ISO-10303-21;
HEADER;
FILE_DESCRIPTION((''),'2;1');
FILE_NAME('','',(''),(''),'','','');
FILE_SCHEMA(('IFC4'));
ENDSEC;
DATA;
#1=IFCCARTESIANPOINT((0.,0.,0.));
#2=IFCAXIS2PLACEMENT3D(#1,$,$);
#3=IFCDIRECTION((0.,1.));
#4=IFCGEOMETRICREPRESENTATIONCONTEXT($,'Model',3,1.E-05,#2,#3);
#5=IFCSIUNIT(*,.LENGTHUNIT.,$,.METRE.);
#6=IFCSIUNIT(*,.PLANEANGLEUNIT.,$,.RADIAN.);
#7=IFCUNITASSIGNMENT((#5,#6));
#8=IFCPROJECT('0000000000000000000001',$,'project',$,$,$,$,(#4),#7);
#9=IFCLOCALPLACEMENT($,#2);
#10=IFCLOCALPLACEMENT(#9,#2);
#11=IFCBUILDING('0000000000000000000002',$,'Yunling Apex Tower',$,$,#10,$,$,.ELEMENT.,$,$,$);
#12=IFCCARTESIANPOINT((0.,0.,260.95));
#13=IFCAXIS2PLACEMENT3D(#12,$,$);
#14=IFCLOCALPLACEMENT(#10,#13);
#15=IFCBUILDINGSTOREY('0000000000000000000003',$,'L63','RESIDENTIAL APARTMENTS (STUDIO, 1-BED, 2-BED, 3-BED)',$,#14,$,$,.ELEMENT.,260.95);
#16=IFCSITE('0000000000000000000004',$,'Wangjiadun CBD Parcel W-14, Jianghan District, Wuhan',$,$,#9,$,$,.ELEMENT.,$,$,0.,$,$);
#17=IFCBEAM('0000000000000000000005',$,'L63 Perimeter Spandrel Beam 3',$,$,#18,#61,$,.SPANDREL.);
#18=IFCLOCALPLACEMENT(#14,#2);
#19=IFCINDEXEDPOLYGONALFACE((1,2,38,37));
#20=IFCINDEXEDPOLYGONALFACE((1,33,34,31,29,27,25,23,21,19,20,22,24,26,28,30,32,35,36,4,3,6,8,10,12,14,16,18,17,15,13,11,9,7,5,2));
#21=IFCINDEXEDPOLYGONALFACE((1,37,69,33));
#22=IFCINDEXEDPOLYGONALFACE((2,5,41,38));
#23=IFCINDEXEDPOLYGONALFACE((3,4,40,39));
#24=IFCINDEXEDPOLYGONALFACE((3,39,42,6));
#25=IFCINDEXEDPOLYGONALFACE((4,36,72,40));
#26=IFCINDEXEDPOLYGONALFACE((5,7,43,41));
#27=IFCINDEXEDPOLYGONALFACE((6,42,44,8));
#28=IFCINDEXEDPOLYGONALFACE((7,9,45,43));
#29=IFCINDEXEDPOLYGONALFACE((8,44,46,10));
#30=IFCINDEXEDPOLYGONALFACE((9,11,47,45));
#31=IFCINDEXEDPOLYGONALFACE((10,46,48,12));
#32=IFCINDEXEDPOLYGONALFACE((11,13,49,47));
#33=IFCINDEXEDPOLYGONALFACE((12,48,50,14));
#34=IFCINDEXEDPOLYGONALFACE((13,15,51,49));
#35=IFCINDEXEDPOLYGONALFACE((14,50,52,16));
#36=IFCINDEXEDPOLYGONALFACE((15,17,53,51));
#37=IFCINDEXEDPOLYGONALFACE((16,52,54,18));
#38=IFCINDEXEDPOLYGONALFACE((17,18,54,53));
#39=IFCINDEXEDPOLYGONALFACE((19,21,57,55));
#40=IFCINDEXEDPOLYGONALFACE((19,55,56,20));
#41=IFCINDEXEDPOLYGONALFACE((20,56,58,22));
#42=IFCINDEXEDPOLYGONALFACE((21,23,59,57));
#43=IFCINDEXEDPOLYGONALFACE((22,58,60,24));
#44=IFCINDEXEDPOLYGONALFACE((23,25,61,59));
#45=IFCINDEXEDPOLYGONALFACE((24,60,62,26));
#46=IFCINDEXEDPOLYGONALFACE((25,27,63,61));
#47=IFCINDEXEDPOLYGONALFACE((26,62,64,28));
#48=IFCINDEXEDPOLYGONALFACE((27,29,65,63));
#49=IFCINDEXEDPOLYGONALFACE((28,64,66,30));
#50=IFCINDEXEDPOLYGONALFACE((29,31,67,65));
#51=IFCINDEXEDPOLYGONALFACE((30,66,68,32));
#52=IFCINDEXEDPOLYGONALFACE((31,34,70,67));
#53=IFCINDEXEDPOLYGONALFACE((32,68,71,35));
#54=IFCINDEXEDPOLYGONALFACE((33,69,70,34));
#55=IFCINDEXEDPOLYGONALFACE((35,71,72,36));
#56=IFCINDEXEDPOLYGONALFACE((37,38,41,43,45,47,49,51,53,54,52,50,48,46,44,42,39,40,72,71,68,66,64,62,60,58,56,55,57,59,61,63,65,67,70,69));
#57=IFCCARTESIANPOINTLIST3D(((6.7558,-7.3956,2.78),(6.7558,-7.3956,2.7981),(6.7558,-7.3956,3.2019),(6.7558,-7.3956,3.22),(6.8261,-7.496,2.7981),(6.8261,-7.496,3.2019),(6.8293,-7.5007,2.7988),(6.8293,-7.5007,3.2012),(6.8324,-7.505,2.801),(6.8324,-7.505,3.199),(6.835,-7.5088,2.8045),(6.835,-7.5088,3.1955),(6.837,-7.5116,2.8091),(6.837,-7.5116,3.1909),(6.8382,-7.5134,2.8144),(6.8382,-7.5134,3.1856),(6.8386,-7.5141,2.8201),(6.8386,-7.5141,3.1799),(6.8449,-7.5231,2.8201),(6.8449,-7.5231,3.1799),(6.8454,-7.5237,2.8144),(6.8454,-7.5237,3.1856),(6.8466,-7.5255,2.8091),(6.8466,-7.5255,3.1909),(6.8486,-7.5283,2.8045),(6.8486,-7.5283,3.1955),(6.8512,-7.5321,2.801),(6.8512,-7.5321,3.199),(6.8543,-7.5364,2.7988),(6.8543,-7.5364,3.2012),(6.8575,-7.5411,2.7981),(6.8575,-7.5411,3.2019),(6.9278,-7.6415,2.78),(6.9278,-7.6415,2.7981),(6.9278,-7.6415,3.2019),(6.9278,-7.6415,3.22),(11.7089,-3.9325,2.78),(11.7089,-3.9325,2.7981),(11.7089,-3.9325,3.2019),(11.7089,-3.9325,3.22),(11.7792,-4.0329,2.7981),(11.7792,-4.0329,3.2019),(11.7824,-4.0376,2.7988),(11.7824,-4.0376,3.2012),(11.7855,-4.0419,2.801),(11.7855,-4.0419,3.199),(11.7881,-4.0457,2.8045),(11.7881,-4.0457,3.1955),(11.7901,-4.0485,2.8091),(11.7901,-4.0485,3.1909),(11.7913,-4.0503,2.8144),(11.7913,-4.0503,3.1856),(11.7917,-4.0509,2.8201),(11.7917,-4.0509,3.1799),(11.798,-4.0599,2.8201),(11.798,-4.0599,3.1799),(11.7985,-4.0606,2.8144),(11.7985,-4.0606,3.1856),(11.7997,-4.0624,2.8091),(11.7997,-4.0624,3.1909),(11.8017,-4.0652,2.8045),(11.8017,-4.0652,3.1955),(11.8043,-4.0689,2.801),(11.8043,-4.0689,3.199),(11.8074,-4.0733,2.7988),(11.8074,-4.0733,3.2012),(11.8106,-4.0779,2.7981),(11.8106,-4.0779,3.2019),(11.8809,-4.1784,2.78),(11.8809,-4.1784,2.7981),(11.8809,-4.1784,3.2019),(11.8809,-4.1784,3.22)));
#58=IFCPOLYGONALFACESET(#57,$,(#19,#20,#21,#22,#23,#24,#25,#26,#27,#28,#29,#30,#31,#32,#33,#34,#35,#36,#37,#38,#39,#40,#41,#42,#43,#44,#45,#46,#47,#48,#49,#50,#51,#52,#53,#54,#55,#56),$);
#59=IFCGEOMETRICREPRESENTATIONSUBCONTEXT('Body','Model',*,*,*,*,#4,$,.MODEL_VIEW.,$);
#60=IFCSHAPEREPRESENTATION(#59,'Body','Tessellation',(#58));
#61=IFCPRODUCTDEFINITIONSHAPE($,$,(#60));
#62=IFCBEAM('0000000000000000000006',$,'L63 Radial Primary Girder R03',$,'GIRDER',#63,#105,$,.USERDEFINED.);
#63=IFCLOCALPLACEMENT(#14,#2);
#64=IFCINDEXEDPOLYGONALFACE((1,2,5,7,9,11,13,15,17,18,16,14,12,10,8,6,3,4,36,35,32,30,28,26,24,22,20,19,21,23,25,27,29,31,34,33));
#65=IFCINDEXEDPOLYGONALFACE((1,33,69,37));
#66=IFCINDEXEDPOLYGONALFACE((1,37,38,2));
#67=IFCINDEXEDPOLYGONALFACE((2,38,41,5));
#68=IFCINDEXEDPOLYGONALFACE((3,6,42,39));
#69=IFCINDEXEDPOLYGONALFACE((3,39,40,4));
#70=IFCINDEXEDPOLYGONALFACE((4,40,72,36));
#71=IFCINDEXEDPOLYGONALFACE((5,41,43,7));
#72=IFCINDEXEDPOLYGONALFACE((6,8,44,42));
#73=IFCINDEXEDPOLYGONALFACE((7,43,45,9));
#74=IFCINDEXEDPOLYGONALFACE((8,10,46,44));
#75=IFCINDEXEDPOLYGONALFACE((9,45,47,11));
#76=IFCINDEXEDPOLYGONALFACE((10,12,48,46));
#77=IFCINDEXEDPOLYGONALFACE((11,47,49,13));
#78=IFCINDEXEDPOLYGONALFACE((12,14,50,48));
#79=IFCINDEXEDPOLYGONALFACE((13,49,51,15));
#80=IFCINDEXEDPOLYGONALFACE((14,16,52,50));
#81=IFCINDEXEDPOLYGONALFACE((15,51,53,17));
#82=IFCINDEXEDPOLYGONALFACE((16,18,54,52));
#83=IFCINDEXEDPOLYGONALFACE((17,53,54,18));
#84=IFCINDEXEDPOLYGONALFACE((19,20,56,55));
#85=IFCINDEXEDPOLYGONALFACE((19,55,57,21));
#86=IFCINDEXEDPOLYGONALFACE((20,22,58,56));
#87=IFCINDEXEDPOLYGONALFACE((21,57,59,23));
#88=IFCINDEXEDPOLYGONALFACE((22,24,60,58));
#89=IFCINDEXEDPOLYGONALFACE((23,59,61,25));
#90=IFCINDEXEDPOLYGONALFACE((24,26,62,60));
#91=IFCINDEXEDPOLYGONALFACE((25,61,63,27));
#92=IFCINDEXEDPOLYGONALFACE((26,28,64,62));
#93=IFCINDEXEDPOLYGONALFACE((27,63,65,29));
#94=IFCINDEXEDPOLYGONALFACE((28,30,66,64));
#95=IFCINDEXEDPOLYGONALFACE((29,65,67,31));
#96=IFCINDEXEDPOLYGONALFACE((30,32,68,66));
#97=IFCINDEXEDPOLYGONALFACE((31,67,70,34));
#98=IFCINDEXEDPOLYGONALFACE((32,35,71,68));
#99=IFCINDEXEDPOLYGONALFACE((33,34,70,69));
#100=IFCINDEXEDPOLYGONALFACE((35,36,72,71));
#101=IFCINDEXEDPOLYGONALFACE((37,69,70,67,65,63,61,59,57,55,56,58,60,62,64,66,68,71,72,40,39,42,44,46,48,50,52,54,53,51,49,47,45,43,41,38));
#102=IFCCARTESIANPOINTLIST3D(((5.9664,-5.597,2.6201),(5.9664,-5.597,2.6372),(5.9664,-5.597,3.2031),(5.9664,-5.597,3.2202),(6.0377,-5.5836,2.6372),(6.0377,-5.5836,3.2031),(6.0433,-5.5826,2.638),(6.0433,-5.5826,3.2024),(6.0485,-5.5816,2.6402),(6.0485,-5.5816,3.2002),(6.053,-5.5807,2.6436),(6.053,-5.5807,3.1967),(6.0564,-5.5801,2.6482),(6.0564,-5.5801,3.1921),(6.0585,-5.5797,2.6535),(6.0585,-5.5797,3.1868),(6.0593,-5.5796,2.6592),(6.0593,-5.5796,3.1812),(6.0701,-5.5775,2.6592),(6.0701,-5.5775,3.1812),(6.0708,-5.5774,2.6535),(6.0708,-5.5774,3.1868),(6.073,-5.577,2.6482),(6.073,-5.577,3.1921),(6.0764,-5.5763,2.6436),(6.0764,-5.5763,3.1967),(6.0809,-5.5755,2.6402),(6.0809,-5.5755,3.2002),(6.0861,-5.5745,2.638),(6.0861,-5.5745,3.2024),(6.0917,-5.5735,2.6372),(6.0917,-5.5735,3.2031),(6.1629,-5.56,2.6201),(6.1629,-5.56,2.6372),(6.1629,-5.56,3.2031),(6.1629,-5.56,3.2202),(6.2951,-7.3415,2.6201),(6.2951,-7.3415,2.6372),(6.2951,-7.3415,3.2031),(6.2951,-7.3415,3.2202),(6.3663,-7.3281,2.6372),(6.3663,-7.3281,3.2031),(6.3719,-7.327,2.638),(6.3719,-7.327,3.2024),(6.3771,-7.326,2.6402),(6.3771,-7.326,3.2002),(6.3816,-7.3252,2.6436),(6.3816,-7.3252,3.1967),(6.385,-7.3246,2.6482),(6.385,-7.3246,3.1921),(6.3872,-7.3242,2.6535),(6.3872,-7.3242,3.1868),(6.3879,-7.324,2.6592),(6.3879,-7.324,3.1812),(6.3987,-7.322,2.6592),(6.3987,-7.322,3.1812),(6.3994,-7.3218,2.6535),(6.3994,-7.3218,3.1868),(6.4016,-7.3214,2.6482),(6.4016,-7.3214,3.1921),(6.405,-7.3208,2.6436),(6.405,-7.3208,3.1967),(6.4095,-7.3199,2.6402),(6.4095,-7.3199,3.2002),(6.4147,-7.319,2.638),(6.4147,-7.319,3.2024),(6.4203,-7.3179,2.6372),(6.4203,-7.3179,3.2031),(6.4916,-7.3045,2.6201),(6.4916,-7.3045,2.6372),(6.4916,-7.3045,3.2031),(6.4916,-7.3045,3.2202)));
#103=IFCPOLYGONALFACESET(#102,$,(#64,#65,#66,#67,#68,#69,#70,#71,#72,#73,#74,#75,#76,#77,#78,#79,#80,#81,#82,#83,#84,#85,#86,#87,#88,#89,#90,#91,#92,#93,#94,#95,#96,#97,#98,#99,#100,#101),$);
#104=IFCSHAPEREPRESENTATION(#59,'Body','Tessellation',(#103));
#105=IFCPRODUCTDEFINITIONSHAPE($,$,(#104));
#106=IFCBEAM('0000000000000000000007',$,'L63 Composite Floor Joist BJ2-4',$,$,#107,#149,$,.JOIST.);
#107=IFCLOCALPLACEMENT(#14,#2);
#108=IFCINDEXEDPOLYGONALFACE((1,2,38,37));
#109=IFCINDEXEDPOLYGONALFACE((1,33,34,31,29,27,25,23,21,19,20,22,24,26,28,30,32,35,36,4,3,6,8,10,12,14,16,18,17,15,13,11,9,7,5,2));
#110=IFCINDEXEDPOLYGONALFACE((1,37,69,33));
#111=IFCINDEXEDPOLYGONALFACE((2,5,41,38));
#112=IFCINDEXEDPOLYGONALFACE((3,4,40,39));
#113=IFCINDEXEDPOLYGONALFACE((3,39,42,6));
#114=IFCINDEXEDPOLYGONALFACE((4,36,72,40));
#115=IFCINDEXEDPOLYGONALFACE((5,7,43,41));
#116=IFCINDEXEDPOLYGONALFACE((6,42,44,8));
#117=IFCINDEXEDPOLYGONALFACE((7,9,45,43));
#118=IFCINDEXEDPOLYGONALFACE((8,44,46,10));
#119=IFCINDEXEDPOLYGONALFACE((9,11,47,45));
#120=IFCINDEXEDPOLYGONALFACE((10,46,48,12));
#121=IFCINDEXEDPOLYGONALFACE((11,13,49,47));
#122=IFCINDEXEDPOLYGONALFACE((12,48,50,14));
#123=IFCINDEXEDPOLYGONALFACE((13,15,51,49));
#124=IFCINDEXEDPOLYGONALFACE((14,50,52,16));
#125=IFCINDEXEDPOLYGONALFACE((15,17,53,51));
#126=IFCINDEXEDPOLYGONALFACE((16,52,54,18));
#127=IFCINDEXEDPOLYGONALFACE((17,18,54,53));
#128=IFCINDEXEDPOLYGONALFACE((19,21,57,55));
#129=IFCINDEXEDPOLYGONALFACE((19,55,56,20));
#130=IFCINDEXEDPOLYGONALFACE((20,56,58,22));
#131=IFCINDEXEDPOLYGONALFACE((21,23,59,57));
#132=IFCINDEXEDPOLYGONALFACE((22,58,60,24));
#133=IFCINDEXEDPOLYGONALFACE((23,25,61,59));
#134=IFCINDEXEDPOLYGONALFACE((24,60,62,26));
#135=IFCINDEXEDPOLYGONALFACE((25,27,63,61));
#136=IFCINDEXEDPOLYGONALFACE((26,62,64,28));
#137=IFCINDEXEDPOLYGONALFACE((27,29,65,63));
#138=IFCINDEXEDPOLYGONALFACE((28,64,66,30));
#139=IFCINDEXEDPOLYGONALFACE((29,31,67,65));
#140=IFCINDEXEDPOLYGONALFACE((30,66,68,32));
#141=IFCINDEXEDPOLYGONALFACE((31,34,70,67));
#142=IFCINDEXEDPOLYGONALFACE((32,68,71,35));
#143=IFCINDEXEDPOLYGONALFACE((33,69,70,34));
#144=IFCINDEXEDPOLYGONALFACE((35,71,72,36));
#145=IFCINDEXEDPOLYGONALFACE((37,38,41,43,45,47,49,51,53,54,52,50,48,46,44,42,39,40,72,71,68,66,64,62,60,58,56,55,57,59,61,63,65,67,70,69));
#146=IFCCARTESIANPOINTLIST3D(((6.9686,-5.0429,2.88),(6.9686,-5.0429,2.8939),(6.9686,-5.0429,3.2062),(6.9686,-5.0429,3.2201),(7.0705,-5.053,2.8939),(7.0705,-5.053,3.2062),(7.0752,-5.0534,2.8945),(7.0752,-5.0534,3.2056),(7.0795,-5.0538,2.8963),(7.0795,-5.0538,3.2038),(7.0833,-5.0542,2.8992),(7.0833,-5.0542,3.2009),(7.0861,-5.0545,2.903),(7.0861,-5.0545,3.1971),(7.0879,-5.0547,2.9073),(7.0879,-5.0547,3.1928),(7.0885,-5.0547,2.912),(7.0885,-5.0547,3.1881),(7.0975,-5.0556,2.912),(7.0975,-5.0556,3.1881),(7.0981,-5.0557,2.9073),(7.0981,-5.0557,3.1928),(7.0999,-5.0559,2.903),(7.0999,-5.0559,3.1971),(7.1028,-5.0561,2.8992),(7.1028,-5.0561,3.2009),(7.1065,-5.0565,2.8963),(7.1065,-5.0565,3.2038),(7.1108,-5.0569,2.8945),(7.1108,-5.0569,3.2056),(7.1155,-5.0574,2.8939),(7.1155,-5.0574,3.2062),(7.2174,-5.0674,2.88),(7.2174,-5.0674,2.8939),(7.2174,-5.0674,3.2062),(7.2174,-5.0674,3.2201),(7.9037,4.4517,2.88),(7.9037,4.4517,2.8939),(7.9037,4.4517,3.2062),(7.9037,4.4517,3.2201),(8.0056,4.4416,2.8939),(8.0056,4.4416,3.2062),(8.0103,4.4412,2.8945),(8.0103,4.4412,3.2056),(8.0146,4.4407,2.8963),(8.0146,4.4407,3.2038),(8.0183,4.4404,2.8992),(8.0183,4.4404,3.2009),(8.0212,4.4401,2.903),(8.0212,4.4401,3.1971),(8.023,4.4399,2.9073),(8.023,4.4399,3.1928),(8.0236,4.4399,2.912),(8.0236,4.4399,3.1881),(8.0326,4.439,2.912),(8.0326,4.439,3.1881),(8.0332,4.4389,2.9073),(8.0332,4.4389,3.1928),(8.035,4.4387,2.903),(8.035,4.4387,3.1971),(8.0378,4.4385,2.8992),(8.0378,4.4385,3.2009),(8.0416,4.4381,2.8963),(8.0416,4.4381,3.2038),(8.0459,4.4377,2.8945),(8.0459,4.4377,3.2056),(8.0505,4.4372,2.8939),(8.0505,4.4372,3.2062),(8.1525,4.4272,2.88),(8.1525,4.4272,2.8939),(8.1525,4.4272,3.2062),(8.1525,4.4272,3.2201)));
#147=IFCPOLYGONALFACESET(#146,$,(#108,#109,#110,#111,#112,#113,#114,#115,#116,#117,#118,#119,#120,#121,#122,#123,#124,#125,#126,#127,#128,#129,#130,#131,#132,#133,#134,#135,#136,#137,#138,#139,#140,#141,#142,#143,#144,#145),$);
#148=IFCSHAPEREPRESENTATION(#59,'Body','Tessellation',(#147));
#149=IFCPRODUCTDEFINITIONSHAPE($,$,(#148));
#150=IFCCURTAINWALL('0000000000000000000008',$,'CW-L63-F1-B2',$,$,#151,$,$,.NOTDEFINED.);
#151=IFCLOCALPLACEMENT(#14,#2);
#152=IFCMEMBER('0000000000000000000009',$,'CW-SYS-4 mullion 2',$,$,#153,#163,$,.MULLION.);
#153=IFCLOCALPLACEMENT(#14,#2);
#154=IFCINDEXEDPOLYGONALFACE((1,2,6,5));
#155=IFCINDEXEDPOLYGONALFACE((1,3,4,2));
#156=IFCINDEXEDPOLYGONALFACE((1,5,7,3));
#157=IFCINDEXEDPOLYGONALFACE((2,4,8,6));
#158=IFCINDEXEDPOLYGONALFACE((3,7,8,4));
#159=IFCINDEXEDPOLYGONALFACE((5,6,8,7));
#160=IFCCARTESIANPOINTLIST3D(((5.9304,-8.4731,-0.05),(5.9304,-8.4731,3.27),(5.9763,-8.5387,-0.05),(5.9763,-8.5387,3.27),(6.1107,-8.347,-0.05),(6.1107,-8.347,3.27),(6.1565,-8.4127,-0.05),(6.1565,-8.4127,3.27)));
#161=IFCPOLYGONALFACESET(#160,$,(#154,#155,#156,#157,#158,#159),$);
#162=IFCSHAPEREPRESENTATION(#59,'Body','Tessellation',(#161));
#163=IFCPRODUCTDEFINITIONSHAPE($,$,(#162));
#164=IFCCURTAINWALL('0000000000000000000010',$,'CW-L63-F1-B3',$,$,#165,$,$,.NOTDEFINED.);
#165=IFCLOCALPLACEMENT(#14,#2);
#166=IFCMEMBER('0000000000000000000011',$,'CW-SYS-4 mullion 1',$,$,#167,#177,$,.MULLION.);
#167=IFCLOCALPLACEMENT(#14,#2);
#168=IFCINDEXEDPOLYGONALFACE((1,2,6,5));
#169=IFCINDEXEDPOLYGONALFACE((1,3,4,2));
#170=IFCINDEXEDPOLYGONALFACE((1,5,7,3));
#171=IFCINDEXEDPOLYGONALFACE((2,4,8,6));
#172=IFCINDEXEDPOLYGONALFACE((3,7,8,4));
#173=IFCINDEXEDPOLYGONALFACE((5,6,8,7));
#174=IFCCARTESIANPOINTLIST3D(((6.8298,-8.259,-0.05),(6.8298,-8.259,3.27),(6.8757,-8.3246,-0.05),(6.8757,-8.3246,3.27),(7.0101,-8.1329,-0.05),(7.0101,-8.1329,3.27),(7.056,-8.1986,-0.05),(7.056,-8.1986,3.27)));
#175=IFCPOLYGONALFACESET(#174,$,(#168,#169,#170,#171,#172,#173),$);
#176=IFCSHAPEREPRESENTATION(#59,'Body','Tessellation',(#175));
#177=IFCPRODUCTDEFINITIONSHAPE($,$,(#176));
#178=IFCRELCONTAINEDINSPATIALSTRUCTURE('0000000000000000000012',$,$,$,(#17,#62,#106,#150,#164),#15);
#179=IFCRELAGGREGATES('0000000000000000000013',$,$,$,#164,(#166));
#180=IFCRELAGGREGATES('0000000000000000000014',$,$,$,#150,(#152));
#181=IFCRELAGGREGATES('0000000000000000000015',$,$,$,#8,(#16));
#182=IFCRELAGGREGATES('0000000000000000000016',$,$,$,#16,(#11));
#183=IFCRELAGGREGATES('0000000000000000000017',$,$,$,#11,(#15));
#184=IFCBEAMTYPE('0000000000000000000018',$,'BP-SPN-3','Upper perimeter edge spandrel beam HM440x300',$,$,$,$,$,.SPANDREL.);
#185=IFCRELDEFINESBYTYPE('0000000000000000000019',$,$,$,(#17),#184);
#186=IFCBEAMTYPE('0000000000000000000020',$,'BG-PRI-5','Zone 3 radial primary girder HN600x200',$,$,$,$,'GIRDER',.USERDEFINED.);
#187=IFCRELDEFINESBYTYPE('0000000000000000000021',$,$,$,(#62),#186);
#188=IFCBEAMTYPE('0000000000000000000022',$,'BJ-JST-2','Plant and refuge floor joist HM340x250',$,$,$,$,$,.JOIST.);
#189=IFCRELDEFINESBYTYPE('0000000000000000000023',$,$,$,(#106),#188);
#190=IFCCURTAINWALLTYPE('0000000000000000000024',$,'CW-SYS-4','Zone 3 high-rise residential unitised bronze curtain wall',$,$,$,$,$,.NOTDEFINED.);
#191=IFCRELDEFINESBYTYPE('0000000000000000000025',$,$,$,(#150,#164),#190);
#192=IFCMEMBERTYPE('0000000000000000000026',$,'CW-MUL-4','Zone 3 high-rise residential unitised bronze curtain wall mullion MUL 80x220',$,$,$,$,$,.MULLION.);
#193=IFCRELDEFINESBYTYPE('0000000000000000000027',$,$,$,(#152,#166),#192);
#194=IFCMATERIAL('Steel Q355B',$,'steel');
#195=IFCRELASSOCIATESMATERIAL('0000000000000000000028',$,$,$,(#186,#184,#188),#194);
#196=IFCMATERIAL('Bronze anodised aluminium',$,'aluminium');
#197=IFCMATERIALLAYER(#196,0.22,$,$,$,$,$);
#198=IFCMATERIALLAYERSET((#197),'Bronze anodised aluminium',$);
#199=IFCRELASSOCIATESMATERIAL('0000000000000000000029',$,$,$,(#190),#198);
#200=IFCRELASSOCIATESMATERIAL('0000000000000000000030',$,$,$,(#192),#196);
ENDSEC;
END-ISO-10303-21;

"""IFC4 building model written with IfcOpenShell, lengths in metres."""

from ifc_helpers import new_model, si_unit, direction, frame, origin, origin_2d, place, context, subcontext, project, spatial, rectangle, i_section, extrude, source, transform, mapped, material, layer, layer_set, material_profile, profile_set, type_object, element, aggregate, save


model = new_model("IFC4")

# Units and contexts
model_context = context("Model", 3, precision=1e-05, world=origin(), true_north=direction((0.0, 1.0)))
body_context = subcontext(model_context, "Body", "Model", "MODEL_VIEW")
ifc_project = project(units=[si_unit("LENGTHUNIT", "METRE"), si_unit("PLANEANGLEUNIT", "RADIAN")], contexts=[model_context])

# Site, building, storey
site_placement = place(None, origin())
site = spatial("IfcSite", under=ifc_project, at=site_placement, Name="Wangjiadun CBD Parcel W-14, Jianghan District, Wuhan", CompositionType="ELEMENT", RefElevation=0.0)
building_placement = place(site_placement, origin())
building = spatial("IfcBuilding", under=site, at=building_placement, Name="Yunling Apex Tower", CompositionType="ELEMENT")
storey_placement = place(building_placement, frame((0.0, 0.0, 260.95)))
storey = spatial("IfcBuildingStorey", under=building, at=storey_placement, Name="L63", Description="RESIDENTIAL APARTMENTS (STUDIO, 1-BED, 2-BED, 3-BED)", CompositionType="ELEMENT", Elevation=260.95)

# Shared definitions
ifc_material_1 = material(Name="Steel Q355B", Category="steel")

# Beams
ifc_material_profile_1 = material_profile(ifc_material_1, i_section(OverallWidth=0.2, OverallDepth=0.6001, WebThickness=0.011, FlangeThickness=0.0171, FilletRadius=0.022, at=origin_2d()))
ifc_profile_set_1 = profile_set([ifc_material_profile_1], Name="Steel Q355B")
beam_type_1 = type_object("IfcBeamType", Name="BG-PRI-5", Description="Zone 3 radial primary girder HN600x200", ElementType="GIRDER", PredefinedType="USERDEFINED", material=ifc_profile_set_1)
ifc_material_profile_2 = material_profile(ifc_material_1, i_section(OverallWidth=0.3, OverallDepth=0.4399, WebThickness=0.011, FlangeThickness=0.0181, FilletRadius=0.022, at=origin_2d()))
ifc_profile_set_2 = profile_set([ifc_material_profile_2], Name="Steel Q355B")
beam_type_2 = type_object("IfcBeamType", Name="BP-SPN-3", Description="Upper perimeter edge spandrel beam HM440x300", PredefinedType="SPANDREL", material=ifc_profile_set_2)
shared_shape_1 = source(origin(), body_context, "Body", "SweptSolid", [
    extrude(i_section(OverallWidth=0.3, OverallDepth=0.4399, WebThickness=0.011, FlangeThickness=0.0181, FilletRadius=0.022, at=origin_2d()), origin(), (0.0, 0.0, 1.0), 6.0437),
])
beam_1_placement = place(storey_placement, frame((6.8418, -7.5186, 3.0), z_axis=(0.819547, 0.573012, 0.0), x_axis=(-0.573012, 0.819547, 0.0)))
element("IfcBeam", 1, at=beam_1_placement, inside=storey, type_object=beam_type_2, Name="L63 Perimeter Spandrel Beam 3", PredefinedType="SPANDREL", context=body_context, shape_type="MappedRepresentation", body=[
    mapped(shared_shape_1, transform((0.0, 0.0, 0.0), scale=1.0)),
])
shared_shape_2 = source(origin(), body_context, "Body", "SweptSolid", [
    extrude(i_section(OverallWidth=0.2, OverallDepth=0.6001, WebThickness=0.011, FlangeThickness=0.0171, FilletRadius=0.022, at=origin_2d()), origin(), (0.0, 0.0, 1.0), 1.7751),
])
beam_2_placement = place(storey_placement, frame((6.3933, -7.323, 2.9202), z_axis=(-0.185127, 0.982715, 0.0), x_axis=(-0.982715, -0.185127, 0.0)))
element("IfcBeam", 2, at=beam_2_placement, inside=storey, type_object=beam_type_1, Name="L63 Radial Primary Girder R03", ObjectType="GIRDER", PredefinedType="USERDEFINED", context=body_context, shape_type="MappedRepresentation", body=[
    mapped(shared_shape_2, transform((0.0, 0.0, 0.0), scale=1.0)),
])
ifc_material_profile_3 = material_profile(ifc_material_1, i_section(OverallWidth=0.25, OverallDepth=0.3401, WebThickness=0.009, FlangeThickness=0.0139, FilletRadius=0.0181, at=origin_2d()))
ifc_profile_set_3 = profile_set([ifc_material_profile_3], Name="Steel Q355B")
beam_type_3 = type_object("IfcBeamType", Name="BJ-JST-2", Description="Plant and refuge floor joist HM340x250", PredefinedType="JOIST", material=ifc_profile_set_3)
shared_shape_3 = source(origin(), body_context, "Body", "SweptSolid", [
    extrude(i_section(OverallWidth=0.25, OverallDepth=0.3401, WebThickness=0.009, FlangeThickness=0.0139, FilletRadius=0.0181, at=origin_2d()), origin(), (0.0, 0.0, 1.0), 9.5405),
])
beam_3_placement = place(storey_placement, frame((7.093, -5.0552, 3.05), z_axis=(0.098009, 0.995186, 0.0), x_axis=(-0.995186, 0.098009, 0.0)))
element("IfcBeam", 3, at=beam_3_placement, inside=storey, type_object=beam_type_3, Name="L63 Composite Floor Joist BJ2-4", PredefinedType="JOIST", context=body_context, shape_type="MappedRepresentation", body=[
    mapped(shared_shape_3, transform((0.0, 0.0, 0.0), scale=1.0)),
])

# Curtain wall, member
ifc_material_2 = material(Name="Bronze anodised aluminium", Category="aluminium")
ifc_layer_1 = layer(ifc_material_2, 0.22)
ifc_layer_set_1 = layer_set([ifc_layer_1], Name="Bronze anodised aluminium")
curtain_wall_type = type_object("IfcCurtainWallType", Name="CW-SYS-4", Description="Zone 3 high-rise residential unitised bronze curtain wall", PredefinedType="NOTDEFINED", material=ifc_layer_set_1)
curtain_wall_1_placement = place(storey_placement, origin())
curtain_wall_1 = element("IfcCurtainWall", 4, at=curtain_wall_1_placement, inside=storey, type_object=curtain_wall_type, Name="CW-L63-F1-B2", PredefinedType="NOTDEFINED")
ifc_material_profile_4 = material_profile(ifc_material_2, rectangle(XDim=0.0801, YDim=0.22, at=origin_2d()))
ifc_profile_set_4 = profile_set([ifc_material_profile_4], Name="Bronze anodised aluminium")
member_type_1 = type_object("IfcMemberType", Name="CW-MUL-4", Description="Zone 3 high-rise residential unitised bronze curtain wall mullion MUL 80x220", PredefinedType="MULLION", material=ifc_profile_set_4)
shared_shape_4 = source(origin(), body_context, "Body", "SweptSolid", [
    extrude(rectangle(XDim=0.0801, YDim=0.22, at=origin_2d()), origin(), (0.0, 0.0, 1.0), 3.3201),
])
member_1_placement = place(storey_placement, frame((6.0435, -8.4429, -0.05), z_axis=(0.0, 0.0, 1.0), x_axis=(-0.572999, 0.819556, 0.0)))
member_1 = element("IfcMember", 5, at=member_1_placement, type_object=member_type_1, Name="CW-SYS-4 mullion 2", PredefinedType="MULLION", context=body_context, shape_type="MappedRepresentation", body=[
    mapped(shared_shape_4, transform((0.0, 0.0, 0.0), scale=1.0)),
])

# Curtain wall, member
curtain_wall_2_placement = place(storey_placement, origin())
curtain_wall_2 = element("IfcCurtainWall", 6, at=curtain_wall_2_placement, inside=storey, type_object=curtain_wall_type, Name="CW-L63-F1-B3", PredefinedType="NOTDEFINED")
member_2_placement = place(storey_placement, frame((6.9429, -8.2288, -0.05), z_axis=(0.0, 0.0, 1.0), x_axis=(-0.57301, 0.819548, 0.0)))
member_2 = element("IfcMember", 7, at=member_2_placement, type_object=member_type_1, Name="CW-SYS-4 mullion 1", PredefinedType="MULLION", context=body_context, shape_type="MappedRepresentation", body=[
    mapped(shared_shape_4, transform((0.0, 0.0, 0.0), scale=1.0)),
])
aggregate(curtain_wall_2, [member_2])

aggregate(curtain_wall_1, [member_1])

save(model, "model.ifc")
